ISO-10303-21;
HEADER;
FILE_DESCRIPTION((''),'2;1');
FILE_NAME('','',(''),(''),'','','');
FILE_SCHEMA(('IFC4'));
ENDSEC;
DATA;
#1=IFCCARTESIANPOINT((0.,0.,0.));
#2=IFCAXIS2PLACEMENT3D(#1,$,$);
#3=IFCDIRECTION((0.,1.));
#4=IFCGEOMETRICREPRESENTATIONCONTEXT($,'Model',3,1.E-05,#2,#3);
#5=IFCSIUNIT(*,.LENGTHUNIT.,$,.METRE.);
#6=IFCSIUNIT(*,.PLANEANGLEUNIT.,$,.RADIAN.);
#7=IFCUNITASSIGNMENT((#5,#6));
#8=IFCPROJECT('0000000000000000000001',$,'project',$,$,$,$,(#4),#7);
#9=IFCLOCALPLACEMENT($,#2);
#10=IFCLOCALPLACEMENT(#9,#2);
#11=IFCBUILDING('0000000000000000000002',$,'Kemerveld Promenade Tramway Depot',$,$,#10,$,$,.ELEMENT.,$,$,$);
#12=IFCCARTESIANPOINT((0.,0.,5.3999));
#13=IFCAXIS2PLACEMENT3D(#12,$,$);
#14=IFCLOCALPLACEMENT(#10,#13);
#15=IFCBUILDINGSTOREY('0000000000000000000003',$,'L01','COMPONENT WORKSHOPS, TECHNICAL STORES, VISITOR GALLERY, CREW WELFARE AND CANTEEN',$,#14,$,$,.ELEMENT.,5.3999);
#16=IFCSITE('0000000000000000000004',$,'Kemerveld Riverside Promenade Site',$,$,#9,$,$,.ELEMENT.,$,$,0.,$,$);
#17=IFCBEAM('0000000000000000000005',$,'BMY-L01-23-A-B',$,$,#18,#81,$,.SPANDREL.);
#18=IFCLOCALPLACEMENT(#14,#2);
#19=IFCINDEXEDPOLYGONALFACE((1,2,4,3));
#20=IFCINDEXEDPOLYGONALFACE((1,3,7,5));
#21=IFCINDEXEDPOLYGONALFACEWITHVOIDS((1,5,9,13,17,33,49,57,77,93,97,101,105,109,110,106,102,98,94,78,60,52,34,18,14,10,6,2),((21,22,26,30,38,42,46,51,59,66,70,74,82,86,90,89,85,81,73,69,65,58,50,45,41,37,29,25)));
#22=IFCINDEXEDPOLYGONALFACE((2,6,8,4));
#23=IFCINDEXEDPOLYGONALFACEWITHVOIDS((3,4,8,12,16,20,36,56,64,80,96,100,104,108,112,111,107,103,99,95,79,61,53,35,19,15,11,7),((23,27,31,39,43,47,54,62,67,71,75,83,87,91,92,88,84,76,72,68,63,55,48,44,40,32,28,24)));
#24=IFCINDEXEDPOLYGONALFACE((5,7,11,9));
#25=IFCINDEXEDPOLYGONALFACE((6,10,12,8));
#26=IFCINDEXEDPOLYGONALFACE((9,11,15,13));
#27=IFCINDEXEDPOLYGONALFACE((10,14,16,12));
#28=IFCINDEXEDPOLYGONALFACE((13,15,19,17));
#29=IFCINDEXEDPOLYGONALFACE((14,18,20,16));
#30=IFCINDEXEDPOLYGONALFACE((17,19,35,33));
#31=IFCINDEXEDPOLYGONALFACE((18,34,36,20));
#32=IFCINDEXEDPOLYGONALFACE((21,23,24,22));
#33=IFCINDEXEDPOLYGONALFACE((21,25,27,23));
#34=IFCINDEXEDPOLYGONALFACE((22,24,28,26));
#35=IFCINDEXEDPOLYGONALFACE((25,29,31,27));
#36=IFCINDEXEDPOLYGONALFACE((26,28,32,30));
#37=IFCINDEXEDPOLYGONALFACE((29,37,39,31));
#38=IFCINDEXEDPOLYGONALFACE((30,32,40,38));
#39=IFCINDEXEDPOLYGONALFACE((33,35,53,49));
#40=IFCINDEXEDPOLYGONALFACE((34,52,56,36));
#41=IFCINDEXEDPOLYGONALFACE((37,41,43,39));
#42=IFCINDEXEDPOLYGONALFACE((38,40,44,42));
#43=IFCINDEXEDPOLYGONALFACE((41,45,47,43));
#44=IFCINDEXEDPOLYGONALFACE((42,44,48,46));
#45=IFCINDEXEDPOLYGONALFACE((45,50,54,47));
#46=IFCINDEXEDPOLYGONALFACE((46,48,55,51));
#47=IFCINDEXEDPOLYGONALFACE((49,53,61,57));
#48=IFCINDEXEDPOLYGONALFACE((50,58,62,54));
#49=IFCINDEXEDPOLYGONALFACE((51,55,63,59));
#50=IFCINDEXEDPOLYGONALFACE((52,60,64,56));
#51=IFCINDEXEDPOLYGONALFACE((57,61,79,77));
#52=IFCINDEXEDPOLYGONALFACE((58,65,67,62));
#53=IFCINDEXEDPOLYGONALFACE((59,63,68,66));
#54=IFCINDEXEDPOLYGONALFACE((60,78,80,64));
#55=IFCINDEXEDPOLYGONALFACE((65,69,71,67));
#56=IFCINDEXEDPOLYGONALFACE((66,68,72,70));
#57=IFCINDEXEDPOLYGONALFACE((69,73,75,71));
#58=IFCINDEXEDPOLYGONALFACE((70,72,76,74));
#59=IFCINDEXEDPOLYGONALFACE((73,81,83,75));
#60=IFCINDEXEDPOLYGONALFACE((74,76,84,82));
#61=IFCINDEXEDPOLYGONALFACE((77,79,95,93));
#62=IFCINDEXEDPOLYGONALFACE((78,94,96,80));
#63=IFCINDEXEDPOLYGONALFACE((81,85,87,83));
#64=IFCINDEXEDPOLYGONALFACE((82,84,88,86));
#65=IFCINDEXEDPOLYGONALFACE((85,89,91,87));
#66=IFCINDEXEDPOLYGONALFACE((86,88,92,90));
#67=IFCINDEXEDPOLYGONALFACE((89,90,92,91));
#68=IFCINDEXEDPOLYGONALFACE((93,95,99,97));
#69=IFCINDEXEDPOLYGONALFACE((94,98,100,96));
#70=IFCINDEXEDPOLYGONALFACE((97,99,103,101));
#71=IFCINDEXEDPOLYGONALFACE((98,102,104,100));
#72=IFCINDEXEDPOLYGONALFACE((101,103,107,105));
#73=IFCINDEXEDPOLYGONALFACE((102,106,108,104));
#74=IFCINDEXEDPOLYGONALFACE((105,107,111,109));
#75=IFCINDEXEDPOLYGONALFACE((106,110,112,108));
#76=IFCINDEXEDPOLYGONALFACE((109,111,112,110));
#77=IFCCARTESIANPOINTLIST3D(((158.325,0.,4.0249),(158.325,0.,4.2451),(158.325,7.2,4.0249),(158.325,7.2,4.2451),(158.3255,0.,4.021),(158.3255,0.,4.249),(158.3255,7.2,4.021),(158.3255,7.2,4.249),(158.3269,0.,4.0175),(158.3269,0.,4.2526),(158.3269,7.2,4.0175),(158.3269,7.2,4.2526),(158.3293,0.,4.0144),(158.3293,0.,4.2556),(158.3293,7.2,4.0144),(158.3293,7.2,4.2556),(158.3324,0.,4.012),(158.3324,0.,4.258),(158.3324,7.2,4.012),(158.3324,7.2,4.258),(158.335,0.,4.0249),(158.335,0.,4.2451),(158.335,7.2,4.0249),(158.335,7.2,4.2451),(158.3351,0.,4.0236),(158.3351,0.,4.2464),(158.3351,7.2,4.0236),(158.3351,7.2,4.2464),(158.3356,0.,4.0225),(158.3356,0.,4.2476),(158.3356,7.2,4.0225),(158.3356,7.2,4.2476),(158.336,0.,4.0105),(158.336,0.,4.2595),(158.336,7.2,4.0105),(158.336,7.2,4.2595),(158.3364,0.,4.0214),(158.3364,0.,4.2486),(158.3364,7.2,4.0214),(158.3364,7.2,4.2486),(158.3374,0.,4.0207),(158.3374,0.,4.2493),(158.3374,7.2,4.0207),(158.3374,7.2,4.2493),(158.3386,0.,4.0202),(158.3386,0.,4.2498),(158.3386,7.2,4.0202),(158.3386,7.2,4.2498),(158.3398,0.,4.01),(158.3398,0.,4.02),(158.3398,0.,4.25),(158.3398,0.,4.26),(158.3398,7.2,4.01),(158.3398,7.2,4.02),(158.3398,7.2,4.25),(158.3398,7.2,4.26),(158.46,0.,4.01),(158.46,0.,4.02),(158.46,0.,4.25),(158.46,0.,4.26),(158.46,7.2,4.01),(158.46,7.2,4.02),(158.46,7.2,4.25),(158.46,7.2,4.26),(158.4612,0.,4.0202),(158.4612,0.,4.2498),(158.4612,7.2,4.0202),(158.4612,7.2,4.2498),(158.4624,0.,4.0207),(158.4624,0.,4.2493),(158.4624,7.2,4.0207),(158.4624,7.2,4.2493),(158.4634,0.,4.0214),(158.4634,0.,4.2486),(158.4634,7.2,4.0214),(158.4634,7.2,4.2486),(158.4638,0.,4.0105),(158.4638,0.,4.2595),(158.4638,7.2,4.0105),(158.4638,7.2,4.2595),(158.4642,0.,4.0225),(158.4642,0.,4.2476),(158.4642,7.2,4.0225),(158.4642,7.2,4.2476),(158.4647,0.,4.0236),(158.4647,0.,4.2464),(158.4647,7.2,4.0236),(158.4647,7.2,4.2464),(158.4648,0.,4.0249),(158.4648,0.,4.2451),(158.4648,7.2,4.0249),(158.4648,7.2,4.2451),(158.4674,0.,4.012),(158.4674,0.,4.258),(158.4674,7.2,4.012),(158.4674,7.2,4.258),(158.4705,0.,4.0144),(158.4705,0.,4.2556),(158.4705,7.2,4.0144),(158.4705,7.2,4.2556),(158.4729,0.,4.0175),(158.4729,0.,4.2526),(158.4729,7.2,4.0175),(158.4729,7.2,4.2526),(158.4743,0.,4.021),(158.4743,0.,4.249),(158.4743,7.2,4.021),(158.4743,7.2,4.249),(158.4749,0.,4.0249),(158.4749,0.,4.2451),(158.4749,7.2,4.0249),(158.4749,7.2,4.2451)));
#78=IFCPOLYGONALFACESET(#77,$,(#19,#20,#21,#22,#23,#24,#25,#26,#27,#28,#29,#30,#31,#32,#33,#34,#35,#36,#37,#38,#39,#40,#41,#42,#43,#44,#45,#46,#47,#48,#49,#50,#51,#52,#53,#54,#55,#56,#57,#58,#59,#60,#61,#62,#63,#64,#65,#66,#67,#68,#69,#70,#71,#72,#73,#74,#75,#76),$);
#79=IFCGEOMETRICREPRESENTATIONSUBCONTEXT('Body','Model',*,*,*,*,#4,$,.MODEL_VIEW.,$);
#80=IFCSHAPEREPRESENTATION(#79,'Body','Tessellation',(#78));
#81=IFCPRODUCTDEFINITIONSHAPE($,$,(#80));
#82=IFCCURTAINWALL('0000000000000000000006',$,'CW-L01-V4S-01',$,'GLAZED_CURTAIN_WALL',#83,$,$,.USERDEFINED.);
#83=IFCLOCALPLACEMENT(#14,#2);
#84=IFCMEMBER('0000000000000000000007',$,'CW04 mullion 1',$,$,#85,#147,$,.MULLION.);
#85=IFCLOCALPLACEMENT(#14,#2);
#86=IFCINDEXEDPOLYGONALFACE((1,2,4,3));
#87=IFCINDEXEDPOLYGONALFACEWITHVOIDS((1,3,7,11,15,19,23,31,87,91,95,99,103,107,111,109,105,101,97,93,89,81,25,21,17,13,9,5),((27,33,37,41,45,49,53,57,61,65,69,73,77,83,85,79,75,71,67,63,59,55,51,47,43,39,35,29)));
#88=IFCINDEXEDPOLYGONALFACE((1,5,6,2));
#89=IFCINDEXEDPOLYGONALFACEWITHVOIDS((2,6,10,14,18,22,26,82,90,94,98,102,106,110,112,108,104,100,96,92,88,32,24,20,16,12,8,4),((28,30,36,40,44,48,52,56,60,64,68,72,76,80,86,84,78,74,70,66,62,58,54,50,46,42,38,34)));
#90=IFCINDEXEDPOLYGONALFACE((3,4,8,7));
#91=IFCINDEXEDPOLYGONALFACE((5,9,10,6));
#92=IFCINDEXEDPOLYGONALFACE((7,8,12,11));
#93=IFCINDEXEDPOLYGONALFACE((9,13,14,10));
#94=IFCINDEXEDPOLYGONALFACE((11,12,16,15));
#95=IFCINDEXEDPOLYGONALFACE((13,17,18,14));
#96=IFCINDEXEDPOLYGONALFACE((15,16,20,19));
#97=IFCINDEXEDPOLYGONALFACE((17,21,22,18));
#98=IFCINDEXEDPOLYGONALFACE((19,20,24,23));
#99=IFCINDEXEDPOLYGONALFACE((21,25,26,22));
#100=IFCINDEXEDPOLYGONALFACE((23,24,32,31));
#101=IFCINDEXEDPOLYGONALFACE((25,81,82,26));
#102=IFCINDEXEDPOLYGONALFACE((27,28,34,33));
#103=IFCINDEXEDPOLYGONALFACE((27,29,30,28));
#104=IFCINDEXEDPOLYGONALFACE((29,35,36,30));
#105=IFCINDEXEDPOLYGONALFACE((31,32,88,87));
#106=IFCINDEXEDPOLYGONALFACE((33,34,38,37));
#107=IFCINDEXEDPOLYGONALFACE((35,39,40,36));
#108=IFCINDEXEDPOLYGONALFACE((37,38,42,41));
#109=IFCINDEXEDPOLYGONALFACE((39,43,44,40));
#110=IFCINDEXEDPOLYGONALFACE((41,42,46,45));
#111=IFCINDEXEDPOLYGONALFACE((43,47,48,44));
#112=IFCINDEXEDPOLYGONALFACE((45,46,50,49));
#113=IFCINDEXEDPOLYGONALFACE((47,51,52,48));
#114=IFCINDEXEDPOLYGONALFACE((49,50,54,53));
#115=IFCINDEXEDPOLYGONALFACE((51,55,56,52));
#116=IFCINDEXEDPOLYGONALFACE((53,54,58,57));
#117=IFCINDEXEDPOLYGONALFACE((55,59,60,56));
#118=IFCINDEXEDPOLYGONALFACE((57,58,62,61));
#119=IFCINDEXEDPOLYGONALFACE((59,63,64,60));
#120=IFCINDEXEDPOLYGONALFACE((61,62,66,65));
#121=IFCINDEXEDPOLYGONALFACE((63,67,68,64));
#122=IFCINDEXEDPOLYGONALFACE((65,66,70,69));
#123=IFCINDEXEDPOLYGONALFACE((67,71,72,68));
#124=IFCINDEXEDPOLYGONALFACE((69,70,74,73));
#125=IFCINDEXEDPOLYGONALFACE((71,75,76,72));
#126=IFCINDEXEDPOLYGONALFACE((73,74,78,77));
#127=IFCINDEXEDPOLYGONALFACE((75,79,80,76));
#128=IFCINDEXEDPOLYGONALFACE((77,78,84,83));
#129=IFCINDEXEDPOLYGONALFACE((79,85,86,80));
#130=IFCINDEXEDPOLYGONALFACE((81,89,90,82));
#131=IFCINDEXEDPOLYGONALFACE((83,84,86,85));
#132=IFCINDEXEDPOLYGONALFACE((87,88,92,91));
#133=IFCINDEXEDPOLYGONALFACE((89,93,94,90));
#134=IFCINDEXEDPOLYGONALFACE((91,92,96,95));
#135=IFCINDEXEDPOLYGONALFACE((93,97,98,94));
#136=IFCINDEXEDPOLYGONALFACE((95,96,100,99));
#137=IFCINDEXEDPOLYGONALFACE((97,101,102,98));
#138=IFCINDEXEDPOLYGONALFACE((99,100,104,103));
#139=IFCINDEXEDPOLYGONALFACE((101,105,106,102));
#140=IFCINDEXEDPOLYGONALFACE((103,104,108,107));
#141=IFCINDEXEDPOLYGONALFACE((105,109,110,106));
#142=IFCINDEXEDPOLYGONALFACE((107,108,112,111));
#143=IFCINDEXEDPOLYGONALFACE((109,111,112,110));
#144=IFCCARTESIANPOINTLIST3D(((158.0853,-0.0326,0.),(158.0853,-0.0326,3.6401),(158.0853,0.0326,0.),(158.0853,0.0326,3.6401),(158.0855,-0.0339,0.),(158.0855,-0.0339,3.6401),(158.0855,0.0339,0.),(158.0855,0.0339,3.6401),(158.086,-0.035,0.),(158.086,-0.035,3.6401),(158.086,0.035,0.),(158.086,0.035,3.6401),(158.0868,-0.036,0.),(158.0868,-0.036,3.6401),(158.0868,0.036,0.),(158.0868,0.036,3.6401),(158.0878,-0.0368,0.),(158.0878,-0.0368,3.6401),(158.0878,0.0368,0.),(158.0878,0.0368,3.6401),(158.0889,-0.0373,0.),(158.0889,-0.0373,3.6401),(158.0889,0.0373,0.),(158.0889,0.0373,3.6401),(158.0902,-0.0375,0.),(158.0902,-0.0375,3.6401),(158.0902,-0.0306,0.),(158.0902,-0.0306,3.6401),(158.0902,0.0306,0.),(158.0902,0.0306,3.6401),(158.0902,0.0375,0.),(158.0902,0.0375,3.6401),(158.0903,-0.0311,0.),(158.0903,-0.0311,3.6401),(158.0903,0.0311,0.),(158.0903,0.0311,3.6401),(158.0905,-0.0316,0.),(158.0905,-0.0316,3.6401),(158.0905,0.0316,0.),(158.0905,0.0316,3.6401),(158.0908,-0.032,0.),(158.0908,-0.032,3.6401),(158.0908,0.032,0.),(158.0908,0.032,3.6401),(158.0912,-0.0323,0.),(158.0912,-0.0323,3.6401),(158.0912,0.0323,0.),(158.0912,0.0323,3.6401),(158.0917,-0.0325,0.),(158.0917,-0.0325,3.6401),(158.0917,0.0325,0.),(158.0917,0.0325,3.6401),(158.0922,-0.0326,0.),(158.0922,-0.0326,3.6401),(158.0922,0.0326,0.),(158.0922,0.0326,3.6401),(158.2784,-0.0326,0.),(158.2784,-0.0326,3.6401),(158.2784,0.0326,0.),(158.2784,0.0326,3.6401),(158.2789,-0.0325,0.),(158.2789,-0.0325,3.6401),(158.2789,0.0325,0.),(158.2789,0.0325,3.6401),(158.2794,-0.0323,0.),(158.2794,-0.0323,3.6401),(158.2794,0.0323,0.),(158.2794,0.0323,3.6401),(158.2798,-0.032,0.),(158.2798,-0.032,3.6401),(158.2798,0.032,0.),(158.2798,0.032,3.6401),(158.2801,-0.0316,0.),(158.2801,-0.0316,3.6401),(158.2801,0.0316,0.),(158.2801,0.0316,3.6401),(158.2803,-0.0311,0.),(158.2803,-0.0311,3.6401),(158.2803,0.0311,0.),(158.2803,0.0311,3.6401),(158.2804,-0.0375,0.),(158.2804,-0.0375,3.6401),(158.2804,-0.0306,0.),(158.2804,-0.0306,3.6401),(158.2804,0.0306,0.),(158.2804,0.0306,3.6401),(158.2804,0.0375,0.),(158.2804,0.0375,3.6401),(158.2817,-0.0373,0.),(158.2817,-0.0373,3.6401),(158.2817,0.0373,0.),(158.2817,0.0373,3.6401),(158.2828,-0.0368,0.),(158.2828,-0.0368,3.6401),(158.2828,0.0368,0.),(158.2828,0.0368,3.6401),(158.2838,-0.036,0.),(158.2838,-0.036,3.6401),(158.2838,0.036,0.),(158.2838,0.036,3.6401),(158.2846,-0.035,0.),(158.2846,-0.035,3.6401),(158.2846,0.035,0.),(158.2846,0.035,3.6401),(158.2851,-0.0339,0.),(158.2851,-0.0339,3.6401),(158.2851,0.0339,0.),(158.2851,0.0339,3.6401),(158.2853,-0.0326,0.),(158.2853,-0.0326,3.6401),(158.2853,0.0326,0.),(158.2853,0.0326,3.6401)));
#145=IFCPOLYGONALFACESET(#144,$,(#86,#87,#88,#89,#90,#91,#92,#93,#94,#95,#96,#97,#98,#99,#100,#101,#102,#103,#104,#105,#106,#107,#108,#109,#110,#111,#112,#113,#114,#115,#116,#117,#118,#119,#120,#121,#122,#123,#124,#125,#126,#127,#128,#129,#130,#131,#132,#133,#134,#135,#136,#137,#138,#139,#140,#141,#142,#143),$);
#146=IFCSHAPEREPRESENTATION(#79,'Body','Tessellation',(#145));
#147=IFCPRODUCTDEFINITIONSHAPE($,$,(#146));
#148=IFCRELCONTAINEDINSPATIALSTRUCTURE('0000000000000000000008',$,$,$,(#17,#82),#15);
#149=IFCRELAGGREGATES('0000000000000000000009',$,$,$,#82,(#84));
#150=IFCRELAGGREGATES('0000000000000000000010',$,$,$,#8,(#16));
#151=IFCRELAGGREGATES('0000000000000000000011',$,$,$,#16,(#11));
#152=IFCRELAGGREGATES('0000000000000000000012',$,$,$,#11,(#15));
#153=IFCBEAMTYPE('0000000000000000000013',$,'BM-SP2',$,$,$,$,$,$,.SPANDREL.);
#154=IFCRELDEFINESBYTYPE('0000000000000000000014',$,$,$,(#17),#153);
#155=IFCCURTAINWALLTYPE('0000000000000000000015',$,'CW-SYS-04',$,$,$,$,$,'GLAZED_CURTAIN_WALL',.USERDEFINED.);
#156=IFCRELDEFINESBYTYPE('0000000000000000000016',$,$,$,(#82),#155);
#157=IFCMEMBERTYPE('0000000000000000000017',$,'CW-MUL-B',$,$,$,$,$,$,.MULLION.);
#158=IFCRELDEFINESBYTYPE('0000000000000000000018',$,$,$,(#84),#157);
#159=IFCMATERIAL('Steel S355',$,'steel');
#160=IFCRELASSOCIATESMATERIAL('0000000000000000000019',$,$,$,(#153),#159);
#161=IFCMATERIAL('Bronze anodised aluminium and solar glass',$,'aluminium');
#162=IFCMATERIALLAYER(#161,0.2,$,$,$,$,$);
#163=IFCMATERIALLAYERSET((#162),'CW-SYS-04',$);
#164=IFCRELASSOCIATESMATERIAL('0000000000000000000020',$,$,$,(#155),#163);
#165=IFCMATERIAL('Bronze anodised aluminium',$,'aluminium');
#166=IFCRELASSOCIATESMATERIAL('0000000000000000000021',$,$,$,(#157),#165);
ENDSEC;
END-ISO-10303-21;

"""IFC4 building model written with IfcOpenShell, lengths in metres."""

from ifc_helpers import new_model, si_unit, direction, frame, origin, origin_2d, place, context, subcontext, project, spatial, hollow_rectangle, extrude, material, layer, layer_set, material_profile, profile_set, type_object, element, aggregate, save


model = new_model("IFC4")

# Units and contexts
model_context = context("Model", 3, precision=1e-05, world=origin(), true_north=direction((0.0, 1.0)))
body_context = subcontext(model_context, "Body", "Model", "MODEL_VIEW")
ifc_project = project(units=[si_unit("LENGTHUNIT", "METRE"), si_unit("PLANEANGLEUNIT", "RADIAN")], contexts=[model_context])

# Site, building, storey
site_placement = place(None, origin())
site = spatial("IfcSite", under=ifc_project, at=site_placement, Name="Kemerveld Riverside Promenade Site", CompositionType="ELEMENT", RefElevation=0.0)
building_placement = place(site_placement, origin())
building = spatial("IfcBuilding", under=site, at=building_placement, Name="Kemerveld Promenade Tramway Depot", CompositionType="ELEMENT")
storey_placement = place(building_placement, frame((0.0, 0.0, 5.3999)))
storey = spatial("IfcBuildingStorey", under=building, at=storey_placement, Name="L01", Description="COMPONENT WORKSHOPS, TECHNICAL STORES, VISITOR GALLERY, CREW WELFARE AND CANTEEN", CompositionType="ELEMENT", Elevation=5.3999)

# Shared definitions
ifc_material_1 = material(Name="Steel S355", Category="steel")

# Beam
ifc_material_profile_1 = material_profile(ifc_material_1, hollow_rectangle(XDim=0.1499, YDim=0.25, WallThickness=0.01, InnerFilletRadius=0.0049, OuterFilletRadius=0.0149, at=origin_2d()), Name="250x150x10.0 RHS")
ifc_profile_set_1 = profile_set([ifc_material_profile_1], Name="Steel S355")
beam_type_1 = type_object("IfcBeamType", Name="BM-SP2", PredefinedType="SPANDREL", material=ifc_profile_set_1)
beam_1_placement = place(storey_placement, frame((158.3999, 0.0, 4.135), z_axis=(0.0, 1.0, 0.0), x_axis=(-1.0, 0.0, 0.0)))
element("IfcBeam", 1, at=beam_1_placement, inside=storey, type_object=beam_type_1, Name="BMY-L01-23-A-B", PredefinedType="SPANDREL", context=body_context, shape_type="SweptSolid", body=[
    extrude(hollow_rectangle(XDim=0.1499, YDim=0.25, WallThickness=0.01, InnerFilletRadius=0.0049, OuterFilletRadius=0.0149, at=origin_2d()), origin(), (0.0, 0.0, 1.0), 7.2),
])

# Curtain wall, member
ifc_material_2 = material(Name="Bronze anodised aluminium and solar glass", Category="aluminium")
ifc_layer_1 = layer(ifc_material_2, 0.2)
ifc_layer_set_1 = layer_set([ifc_layer_1], Name="CW-SYS-04")
curtain_wall_type = type_object("IfcCurtainWallType", Name="CW-SYS-04", ElementType="GLAZED_CURTAIN_WALL", PredefinedType="USERDEFINED", material=ifc_layer_set_1)
curtain_wall_placement = place(storey_placement, origin())
curtain_wall = element("IfcCurtainWall", 2, at=curtain_wall_placement, inside=storey, type_object=curtain_wall_type, Name="CW-L01-V4S-01", ObjectType="GLAZED_CURTAIN_WALL", PredefinedType="USERDEFINED")
ifc_material_3 = material(Name="Bronze anodised aluminium", Category="aluminium")
ifc_material_profile_2 = material_profile(ifc_material_3, hollow_rectangle(XDim=0.075, YDim=0.2, WallThickness=0.0049, InnerFilletRadius=0.002, OuterFilletRadius=0.0049, at=origin_2d()), Name="CW-MUL-200x75")
ifc_profile_set_2 = profile_set([ifc_material_profile_2], Name="Bronze anodised aluminium")
member_type_1 = type_object("IfcMemberType", Name="CW-MUL-B", PredefinedType="MULLION", material=ifc_profile_set_2)
member_1_placement = place(storey_placement, frame((158.1853, 0.0, 0.0), z_axis=(0.0, 0.0, 1.0), x_axis=(0.0, -1.0, 0.0)))
member_1 = element("IfcMember", 3, at=member_1_placement, type_object=member_type_1, Name="CW04 mullion 1", PredefinedType="MULLION", context=body_context, shape_type="SweptSolid", body=[
    extrude(hollow_rectangle(XDim=0.075, YDim=0.2, WallThickness=0.0049, InnerFilletRadius=0.002, OuterFilletRadius=0.0049, at=origin_2d()), origin(), (0.0, 0.0, 1.0), 3.6401),
])
aggregate(curtain_wall, [member_1])

save(model, "model.ifc")
